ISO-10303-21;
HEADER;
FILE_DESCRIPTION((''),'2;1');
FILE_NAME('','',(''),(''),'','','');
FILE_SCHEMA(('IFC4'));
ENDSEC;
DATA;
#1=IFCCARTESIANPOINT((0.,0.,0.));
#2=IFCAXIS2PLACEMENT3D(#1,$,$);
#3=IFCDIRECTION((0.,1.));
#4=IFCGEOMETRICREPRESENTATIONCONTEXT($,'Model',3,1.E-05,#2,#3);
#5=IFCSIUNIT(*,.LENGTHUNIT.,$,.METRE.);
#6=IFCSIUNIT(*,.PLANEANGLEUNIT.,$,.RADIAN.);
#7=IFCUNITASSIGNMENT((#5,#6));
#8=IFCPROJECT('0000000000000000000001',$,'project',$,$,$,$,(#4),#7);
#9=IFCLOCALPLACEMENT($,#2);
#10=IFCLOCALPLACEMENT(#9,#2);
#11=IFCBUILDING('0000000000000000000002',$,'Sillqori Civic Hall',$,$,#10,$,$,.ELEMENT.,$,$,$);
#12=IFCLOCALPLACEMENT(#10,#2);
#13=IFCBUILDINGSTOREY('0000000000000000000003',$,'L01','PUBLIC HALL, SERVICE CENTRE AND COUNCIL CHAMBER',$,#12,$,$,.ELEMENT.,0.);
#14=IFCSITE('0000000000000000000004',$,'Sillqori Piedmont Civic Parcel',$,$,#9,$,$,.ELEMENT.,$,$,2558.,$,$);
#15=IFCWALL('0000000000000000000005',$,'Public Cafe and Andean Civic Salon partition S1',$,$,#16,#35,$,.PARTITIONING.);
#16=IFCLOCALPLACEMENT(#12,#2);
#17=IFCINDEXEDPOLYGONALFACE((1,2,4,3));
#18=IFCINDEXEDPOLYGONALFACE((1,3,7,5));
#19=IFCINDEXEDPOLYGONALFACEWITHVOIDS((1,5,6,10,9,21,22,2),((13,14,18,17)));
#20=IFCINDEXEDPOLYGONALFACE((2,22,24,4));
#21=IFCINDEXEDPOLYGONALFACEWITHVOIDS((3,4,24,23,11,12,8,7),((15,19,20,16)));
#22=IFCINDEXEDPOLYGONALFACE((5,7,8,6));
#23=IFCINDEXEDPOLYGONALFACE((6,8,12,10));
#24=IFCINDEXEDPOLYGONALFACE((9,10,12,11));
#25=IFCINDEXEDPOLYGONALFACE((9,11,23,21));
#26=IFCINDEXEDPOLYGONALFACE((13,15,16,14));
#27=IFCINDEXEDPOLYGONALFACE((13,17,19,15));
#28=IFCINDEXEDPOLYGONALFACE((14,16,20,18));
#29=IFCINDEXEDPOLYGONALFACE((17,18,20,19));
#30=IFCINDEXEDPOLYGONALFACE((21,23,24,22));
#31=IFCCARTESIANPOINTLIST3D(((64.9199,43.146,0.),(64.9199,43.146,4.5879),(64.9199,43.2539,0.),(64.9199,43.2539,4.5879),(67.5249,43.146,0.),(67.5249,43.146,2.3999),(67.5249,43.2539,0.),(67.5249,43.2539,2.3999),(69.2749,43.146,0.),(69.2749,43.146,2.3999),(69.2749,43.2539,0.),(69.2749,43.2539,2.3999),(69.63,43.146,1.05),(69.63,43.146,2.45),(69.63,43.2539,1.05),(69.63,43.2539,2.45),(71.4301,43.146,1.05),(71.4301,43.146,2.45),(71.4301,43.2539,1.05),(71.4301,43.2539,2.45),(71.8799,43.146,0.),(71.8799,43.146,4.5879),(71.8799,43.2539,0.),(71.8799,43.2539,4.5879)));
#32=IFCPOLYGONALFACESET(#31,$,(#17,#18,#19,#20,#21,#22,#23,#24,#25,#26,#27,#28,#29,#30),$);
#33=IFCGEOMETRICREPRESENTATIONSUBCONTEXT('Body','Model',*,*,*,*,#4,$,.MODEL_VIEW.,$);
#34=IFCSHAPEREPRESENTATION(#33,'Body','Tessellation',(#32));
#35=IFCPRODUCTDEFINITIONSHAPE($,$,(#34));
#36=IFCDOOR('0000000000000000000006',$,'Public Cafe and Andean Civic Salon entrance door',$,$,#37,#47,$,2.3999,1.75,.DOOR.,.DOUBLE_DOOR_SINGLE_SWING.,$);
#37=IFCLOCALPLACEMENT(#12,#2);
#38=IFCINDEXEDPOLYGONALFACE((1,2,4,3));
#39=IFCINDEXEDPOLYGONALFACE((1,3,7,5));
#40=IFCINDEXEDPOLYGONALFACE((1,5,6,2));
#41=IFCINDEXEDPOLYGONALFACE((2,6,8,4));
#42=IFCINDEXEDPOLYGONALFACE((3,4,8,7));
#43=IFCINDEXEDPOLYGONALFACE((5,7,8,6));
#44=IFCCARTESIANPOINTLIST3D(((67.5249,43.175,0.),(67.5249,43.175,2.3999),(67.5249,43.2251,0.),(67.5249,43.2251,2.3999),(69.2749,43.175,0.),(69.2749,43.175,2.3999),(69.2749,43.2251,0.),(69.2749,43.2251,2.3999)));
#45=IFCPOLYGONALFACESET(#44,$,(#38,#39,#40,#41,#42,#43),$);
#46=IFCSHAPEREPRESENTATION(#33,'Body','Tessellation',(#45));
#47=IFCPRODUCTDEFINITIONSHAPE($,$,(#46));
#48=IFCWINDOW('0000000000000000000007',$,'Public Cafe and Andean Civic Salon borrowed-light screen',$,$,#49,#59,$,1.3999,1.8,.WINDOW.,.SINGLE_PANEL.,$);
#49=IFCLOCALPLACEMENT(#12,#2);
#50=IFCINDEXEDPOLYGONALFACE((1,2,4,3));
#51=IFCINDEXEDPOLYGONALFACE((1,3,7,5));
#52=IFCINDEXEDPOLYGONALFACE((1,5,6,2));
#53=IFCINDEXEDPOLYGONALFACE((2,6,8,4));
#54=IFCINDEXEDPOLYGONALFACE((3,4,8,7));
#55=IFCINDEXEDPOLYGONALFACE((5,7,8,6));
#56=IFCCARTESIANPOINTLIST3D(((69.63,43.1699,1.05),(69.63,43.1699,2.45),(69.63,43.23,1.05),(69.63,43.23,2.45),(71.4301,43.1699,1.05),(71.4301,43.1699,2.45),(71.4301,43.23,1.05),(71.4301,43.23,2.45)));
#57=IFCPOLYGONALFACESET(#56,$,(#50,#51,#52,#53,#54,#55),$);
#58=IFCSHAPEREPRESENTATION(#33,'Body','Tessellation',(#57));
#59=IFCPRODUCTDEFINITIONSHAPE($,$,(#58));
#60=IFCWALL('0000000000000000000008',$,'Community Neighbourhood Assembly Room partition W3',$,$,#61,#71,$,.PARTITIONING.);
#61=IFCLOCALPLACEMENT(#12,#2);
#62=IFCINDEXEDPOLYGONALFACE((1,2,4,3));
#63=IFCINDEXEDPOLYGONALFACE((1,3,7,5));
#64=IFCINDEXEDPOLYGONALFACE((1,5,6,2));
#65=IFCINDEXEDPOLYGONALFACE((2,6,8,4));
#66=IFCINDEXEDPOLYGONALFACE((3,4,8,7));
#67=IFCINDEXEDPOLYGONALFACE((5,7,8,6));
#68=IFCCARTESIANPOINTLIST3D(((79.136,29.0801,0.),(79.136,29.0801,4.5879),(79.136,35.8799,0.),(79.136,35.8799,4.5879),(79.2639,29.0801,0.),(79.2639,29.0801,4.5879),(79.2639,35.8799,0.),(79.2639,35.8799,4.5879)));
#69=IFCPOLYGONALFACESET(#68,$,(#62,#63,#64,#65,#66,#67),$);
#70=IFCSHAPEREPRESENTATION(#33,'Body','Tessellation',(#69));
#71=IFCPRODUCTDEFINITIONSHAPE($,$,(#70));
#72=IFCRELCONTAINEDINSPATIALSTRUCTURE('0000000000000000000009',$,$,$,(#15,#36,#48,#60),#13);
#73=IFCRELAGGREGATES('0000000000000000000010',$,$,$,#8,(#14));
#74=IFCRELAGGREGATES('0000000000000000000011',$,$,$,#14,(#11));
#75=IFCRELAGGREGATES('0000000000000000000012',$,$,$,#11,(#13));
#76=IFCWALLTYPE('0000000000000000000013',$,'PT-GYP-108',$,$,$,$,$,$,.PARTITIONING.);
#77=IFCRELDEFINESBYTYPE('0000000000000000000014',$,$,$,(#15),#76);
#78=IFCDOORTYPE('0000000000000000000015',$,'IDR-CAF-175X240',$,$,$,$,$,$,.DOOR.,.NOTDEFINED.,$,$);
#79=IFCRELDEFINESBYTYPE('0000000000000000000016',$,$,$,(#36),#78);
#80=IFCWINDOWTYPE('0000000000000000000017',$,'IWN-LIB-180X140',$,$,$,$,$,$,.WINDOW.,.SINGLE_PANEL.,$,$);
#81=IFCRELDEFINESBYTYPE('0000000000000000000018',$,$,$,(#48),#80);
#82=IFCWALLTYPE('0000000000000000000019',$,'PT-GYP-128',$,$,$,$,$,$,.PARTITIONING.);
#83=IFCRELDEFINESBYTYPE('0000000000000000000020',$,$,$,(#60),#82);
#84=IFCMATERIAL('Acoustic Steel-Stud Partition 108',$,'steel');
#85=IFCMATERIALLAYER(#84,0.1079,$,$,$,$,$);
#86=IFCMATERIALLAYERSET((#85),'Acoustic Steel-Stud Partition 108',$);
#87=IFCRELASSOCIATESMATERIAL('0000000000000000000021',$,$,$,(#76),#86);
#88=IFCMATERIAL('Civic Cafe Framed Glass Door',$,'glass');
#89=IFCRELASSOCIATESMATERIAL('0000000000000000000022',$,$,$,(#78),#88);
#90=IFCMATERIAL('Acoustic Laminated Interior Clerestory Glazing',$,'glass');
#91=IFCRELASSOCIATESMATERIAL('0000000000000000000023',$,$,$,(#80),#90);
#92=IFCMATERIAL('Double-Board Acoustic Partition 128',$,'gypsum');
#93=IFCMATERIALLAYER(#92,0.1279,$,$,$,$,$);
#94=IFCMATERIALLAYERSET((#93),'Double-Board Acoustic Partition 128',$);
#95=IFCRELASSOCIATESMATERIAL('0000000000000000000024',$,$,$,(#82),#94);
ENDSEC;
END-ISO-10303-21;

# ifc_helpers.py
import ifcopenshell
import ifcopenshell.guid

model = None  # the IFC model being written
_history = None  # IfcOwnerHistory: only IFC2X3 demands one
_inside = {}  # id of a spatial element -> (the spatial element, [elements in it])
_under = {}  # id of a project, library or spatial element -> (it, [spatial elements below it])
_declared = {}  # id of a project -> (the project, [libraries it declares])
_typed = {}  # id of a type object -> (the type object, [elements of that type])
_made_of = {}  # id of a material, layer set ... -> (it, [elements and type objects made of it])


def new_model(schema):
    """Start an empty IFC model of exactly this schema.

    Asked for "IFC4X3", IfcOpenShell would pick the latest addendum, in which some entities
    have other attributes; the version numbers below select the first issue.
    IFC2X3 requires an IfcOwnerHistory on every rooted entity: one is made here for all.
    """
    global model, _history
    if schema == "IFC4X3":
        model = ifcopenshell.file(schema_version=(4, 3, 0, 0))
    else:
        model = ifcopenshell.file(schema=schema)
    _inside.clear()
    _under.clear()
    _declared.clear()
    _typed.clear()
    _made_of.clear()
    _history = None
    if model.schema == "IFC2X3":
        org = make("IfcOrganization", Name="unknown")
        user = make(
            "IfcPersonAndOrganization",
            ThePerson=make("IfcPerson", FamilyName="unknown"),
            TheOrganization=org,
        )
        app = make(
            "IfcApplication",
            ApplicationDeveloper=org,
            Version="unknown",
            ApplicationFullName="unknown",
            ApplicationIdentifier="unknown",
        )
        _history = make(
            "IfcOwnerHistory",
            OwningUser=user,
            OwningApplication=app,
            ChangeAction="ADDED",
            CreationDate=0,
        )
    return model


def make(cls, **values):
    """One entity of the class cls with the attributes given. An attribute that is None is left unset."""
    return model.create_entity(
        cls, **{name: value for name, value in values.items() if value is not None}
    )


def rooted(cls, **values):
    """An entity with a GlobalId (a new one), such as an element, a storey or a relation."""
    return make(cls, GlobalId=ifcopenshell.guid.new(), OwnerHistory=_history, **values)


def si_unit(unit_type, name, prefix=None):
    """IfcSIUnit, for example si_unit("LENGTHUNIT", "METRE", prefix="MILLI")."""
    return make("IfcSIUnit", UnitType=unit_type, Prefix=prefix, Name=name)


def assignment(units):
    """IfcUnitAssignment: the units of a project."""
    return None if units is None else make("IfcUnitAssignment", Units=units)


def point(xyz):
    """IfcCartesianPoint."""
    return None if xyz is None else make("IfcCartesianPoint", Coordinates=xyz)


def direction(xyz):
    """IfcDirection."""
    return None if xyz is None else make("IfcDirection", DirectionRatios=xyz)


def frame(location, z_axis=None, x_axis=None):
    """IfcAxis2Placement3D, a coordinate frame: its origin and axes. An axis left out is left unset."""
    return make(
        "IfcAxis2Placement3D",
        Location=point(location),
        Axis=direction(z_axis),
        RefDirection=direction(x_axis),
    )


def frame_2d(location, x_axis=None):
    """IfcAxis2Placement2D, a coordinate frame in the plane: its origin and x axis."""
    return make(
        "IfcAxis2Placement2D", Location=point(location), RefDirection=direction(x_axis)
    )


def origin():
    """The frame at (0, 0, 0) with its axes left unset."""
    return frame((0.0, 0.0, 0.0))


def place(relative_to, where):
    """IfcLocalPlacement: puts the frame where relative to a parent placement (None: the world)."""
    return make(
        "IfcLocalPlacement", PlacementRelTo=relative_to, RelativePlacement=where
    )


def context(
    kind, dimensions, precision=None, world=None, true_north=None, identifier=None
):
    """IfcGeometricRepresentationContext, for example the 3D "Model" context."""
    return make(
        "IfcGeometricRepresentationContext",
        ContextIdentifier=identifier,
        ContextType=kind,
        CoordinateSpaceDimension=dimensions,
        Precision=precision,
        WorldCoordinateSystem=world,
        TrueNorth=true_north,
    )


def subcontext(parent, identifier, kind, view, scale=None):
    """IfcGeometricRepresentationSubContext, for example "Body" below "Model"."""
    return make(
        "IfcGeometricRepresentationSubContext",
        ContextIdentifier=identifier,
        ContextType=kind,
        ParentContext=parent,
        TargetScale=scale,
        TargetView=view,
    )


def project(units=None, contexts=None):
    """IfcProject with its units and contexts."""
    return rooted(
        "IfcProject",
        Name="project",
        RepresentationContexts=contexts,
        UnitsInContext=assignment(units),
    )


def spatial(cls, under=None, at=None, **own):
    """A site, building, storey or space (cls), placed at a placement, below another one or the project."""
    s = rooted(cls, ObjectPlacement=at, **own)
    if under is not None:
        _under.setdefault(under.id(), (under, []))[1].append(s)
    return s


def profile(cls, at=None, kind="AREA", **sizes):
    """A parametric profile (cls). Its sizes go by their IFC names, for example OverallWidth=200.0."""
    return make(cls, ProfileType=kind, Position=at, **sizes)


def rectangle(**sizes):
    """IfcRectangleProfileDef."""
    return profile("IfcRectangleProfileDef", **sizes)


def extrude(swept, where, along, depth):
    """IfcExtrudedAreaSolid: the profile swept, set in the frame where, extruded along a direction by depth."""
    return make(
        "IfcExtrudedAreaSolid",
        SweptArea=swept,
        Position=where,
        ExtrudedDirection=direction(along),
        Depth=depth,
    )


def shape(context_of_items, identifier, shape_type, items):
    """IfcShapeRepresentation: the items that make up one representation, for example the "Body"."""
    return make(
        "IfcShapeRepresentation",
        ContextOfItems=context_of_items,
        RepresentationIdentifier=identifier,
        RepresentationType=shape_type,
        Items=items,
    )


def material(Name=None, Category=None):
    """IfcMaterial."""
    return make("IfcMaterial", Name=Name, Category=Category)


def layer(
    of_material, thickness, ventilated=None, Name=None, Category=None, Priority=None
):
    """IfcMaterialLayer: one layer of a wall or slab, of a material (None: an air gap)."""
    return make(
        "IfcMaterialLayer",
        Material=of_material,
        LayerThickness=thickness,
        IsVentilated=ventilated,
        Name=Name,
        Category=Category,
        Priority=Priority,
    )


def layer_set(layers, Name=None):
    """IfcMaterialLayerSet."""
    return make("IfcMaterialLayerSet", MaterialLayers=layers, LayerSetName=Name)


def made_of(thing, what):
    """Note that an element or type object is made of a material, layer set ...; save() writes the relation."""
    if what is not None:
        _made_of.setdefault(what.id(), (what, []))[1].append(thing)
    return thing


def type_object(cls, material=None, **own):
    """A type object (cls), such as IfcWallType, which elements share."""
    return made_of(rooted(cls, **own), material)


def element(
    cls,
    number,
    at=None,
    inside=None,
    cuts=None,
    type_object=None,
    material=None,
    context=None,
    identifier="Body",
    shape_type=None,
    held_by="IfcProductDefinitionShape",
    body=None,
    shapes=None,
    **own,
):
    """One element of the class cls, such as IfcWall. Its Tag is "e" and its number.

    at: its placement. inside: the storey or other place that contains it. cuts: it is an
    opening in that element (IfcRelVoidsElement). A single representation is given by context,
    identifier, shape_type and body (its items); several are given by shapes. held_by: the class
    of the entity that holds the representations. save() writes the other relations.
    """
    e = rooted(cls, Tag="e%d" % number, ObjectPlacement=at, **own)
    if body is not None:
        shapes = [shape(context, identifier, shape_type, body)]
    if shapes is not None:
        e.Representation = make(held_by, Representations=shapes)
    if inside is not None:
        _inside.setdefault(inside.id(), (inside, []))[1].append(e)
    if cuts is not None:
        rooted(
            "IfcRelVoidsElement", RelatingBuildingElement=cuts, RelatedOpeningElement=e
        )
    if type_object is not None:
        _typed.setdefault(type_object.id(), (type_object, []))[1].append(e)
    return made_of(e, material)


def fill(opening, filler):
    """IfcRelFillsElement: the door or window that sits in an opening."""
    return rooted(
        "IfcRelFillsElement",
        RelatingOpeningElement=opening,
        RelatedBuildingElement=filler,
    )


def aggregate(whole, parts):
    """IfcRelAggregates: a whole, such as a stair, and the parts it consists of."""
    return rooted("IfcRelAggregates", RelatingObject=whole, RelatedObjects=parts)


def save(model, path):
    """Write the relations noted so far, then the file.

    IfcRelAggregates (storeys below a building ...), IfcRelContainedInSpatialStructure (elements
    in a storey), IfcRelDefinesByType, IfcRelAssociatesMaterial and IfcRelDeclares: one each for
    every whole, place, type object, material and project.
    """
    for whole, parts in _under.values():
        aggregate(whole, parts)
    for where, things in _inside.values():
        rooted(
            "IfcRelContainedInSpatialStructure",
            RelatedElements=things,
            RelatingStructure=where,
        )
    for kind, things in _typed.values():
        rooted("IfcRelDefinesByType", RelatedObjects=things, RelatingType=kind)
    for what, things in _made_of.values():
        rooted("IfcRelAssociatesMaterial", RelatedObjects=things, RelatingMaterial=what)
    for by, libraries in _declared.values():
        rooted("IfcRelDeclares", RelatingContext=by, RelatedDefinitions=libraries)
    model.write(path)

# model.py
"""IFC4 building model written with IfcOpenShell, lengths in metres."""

from ifc_helpers import new_model, si_unit, direction, frame, frame_2d, origin, place, context, subcontext, project, spatial, rectangle, extrude, material, layer, layer_set, type_object, element, fill, save


model = new_model("IFC4")

# Units and contexts
model_context = context("Model", 3, precision=1e-05, world=origin(), true_north=direction((0.0, 1.0)))
body_context = subcontext(model_context, "Body", "Model", "MODEL_VIEW")
ifc_project = project(units=[si_unit("LENGTHUNIT", "METRE"), si_unit("PLANEANGLEUNIT", "RADIAN")], contexts=[model_context])

# Site, building, storey
site_placement = place(None, origin())
site = spatial("IfcSite", under=ifc_project, at=site_placement, Name="Sillqori Piedmont Civic Parcel", CompositionType="ELEMENT", RefElevation=2558.0)
building_placement = place(site_placement, origin())
building = spatial("IfcBuilding", under=site, at=building_placement, Name="Sillqori Civic Hall", CompositionType="ELEMENT")
storey_placement = place(building_placement, origin())
storey = spatial("IfcBuildingStorey", under=building, at=storey_placement, Name="L01", Description="PUBLIC HALL, SERVICE CENTRE AND COUNCIL CHAMBER", CompositionType="ELEMENT", Elevation=0.0)

# Wall, openings, door, window
ifc_material_1 = material(Name="Acoustic Steel-Stud Partition 108", Category="steel")
ifc_layer_1 = layer(ifc_material_1, 0.1079)
ifc_layer_set_1 = layer_set([ifc_layer_1], Name="Acoustic Steel-Stud Partition 108")
wall_type_1 = type_object("IfcWallType", Name="PT-GYP-108", PredefinedType="PARTITIONING", material=ifc_layer_set_1)
wall_1_placement = place(storey_placement, frame((71.8799, 43.2, 0.0), z_axis=(0.0, 0.0, 1.0), x_axis=(-1.0, 0.0, 0.0)))
wall_1 = element("IfcWall", 1, at=wall_1_placement, inside=storey, type_object=wall_type_1, Name="Public Cafe and Andean Civic Salon partition S1", PredefinedType="PARTITIONING", context=body_context, shape_type="SweptSolid", body=[
    extrude(rectangle(XDim=6.96, YDim=0.1079, at=frame_2d((3.48, 0.0))), origin(), (0.0, 0.0, 1.0), 4.5879),
])
opening_1_placement = place(wall_1_placement, frame((2.605, 0.0, 0.0)))
opening_1 = element("IfcOpeningElement", 2, at=opening_1_placement, cuts=wall_1, PredefinedType="OPENING", context=body_context, shape_type="SweptSolid", body=[
    extrude(rectangle(XDim=1.75, YDim=2.3999, at=frame_2d((0.875, 1.2))), frame((0.0, 0.064, 0.0), z_axis=(0.0, -1.0, 0.0), x_axis=(1.0, 0.0, 0.0)), (0.0, 0.0, 1.0), 0.1279),
])
opening_2_placement = place(wall_1_placement, frame((0.45, 0.0, 1.05)))
opening_2 = element("IfcOpeningElement", 3, at=opening_2_placement, cuts=wall_1, PredefinedType="OPENING", context=body_context, shape_type="SweptSolid", body=[
    extrude(rectangle(XDim=1.8, YDim=1.3999, at=frame_2d((0.8999, 0.7))), frame((0.0, 0.064, 0.0), z_axis=(0.0, -1.0, 0.0), x_axis=(1.0, 0.0, 0.0)), (0.0, 0.0, 1.0), 0.1279),
])
ifc_material_2 = material(Name="Civic Cafe Framed Glass Door", Category="glass")
door_type = type_object("IfcDoorType", Name="IDR-CAF-175X240", OperationType="NOTDEFINED", PredefinedType="DOOR", material=ifc_material_2)
door_placement = place(opening_1_placement, origin())
door = element("IfcDoor", 4, at=door_placement, inside=storey, type_object=door_type, Name="Public Cafe and Andean Civic Salon entrance door", OperationType="DOUBLE_DOOR_SINGLE_SWING", OverallHeight=2.3999, OverallWidth=1.75, PredefinedType="DOOR", context=body_context, shape_type="SweptSolid", body=[
    extrude(rectangle(XDim=1.75, YDim=2.3999, at=frame_2d((0.875, 1.2))), frame((0.0, 0.0249, 0.0), z_axis=(0.0, -1.0, 0.0), x_axis=(1.0, 0.0, 0.0)), (0.0, 0.0, 1.0), 0.05),
])
fill(opening_1, door)
ifc_material_3 = material(Name="Acoustic Laminated Interior Clerestory Glazing", Category="glass")
window_type = type_object("IfcWindowType", Name="IWN-LIB-180X140", PartitioningType="SINGLE_PANEL", PredefinedType="WINDOW", material=ifc_material_3)
window_placement = place(opening_2_placement, origin())
window = element("IfcWindow", 5, at=window_placement, inside=storey, type_object=window_type, Name="Public Cafe and Andean Civic Salon borrowed-light screen", OverallHeight=1.3999, OverallWidth=1.8, PartitioningType="SINGLE_PANEL", PredefinedType="WINDOW", context=body_context, shape_type="SweptSolid", body=[
    extrude(rectangle(XDim=1.8, YDim=1.3999, at=frame_2d((0.8999, 0.7))), frame((0.0, 0.03, 0.0), z_axis=(0.0, -1.0, 0.0), x_axis=(1.0, 0.0, 0.0)), (0.0, 0.0, 1.0), 0.0601),
])
fill(opening_2, window)

# Wall
ifc_material_4 = material(Name="Double-Board Acoustic Partition 128", Category="gypsum")
ifc_layer_2 = layer(ifc_material_4, 0.1279)
ifc_layer_set_2 = layer_set([ifc_layer_2], Name="Double-Board Acoustic Partition 128")
wall_type_2 = type_object("IfcWallType", Name="PT-GYP-128", PredefinedType="PARTITIONING", material=ifc_layer_set_2)
wall_2_placement = place(storey_placement, frame((79.2, 29.0801, 0.0), z_axis=(0.0, 0.0, 1.0), x_axis=(0.0, 1.0, 0.0)))
element("IfcWall", 6, at=wall_2_placement, inside=storey, type_object=wall_type_2, Name="Community Neighbourhood Assembly Room partition W3", PredefinedType="PARTITIONING", context=body_context, shape_type="SweptSolid", body=[
    extrude(rectangle(XDim=6.7998, YDim=0.1279, at=frame_2d((3.3999, 0.0))), origin(), (0.0, 0.0, 1.0), 4.5879),
])

save(model, "model.ifc")
